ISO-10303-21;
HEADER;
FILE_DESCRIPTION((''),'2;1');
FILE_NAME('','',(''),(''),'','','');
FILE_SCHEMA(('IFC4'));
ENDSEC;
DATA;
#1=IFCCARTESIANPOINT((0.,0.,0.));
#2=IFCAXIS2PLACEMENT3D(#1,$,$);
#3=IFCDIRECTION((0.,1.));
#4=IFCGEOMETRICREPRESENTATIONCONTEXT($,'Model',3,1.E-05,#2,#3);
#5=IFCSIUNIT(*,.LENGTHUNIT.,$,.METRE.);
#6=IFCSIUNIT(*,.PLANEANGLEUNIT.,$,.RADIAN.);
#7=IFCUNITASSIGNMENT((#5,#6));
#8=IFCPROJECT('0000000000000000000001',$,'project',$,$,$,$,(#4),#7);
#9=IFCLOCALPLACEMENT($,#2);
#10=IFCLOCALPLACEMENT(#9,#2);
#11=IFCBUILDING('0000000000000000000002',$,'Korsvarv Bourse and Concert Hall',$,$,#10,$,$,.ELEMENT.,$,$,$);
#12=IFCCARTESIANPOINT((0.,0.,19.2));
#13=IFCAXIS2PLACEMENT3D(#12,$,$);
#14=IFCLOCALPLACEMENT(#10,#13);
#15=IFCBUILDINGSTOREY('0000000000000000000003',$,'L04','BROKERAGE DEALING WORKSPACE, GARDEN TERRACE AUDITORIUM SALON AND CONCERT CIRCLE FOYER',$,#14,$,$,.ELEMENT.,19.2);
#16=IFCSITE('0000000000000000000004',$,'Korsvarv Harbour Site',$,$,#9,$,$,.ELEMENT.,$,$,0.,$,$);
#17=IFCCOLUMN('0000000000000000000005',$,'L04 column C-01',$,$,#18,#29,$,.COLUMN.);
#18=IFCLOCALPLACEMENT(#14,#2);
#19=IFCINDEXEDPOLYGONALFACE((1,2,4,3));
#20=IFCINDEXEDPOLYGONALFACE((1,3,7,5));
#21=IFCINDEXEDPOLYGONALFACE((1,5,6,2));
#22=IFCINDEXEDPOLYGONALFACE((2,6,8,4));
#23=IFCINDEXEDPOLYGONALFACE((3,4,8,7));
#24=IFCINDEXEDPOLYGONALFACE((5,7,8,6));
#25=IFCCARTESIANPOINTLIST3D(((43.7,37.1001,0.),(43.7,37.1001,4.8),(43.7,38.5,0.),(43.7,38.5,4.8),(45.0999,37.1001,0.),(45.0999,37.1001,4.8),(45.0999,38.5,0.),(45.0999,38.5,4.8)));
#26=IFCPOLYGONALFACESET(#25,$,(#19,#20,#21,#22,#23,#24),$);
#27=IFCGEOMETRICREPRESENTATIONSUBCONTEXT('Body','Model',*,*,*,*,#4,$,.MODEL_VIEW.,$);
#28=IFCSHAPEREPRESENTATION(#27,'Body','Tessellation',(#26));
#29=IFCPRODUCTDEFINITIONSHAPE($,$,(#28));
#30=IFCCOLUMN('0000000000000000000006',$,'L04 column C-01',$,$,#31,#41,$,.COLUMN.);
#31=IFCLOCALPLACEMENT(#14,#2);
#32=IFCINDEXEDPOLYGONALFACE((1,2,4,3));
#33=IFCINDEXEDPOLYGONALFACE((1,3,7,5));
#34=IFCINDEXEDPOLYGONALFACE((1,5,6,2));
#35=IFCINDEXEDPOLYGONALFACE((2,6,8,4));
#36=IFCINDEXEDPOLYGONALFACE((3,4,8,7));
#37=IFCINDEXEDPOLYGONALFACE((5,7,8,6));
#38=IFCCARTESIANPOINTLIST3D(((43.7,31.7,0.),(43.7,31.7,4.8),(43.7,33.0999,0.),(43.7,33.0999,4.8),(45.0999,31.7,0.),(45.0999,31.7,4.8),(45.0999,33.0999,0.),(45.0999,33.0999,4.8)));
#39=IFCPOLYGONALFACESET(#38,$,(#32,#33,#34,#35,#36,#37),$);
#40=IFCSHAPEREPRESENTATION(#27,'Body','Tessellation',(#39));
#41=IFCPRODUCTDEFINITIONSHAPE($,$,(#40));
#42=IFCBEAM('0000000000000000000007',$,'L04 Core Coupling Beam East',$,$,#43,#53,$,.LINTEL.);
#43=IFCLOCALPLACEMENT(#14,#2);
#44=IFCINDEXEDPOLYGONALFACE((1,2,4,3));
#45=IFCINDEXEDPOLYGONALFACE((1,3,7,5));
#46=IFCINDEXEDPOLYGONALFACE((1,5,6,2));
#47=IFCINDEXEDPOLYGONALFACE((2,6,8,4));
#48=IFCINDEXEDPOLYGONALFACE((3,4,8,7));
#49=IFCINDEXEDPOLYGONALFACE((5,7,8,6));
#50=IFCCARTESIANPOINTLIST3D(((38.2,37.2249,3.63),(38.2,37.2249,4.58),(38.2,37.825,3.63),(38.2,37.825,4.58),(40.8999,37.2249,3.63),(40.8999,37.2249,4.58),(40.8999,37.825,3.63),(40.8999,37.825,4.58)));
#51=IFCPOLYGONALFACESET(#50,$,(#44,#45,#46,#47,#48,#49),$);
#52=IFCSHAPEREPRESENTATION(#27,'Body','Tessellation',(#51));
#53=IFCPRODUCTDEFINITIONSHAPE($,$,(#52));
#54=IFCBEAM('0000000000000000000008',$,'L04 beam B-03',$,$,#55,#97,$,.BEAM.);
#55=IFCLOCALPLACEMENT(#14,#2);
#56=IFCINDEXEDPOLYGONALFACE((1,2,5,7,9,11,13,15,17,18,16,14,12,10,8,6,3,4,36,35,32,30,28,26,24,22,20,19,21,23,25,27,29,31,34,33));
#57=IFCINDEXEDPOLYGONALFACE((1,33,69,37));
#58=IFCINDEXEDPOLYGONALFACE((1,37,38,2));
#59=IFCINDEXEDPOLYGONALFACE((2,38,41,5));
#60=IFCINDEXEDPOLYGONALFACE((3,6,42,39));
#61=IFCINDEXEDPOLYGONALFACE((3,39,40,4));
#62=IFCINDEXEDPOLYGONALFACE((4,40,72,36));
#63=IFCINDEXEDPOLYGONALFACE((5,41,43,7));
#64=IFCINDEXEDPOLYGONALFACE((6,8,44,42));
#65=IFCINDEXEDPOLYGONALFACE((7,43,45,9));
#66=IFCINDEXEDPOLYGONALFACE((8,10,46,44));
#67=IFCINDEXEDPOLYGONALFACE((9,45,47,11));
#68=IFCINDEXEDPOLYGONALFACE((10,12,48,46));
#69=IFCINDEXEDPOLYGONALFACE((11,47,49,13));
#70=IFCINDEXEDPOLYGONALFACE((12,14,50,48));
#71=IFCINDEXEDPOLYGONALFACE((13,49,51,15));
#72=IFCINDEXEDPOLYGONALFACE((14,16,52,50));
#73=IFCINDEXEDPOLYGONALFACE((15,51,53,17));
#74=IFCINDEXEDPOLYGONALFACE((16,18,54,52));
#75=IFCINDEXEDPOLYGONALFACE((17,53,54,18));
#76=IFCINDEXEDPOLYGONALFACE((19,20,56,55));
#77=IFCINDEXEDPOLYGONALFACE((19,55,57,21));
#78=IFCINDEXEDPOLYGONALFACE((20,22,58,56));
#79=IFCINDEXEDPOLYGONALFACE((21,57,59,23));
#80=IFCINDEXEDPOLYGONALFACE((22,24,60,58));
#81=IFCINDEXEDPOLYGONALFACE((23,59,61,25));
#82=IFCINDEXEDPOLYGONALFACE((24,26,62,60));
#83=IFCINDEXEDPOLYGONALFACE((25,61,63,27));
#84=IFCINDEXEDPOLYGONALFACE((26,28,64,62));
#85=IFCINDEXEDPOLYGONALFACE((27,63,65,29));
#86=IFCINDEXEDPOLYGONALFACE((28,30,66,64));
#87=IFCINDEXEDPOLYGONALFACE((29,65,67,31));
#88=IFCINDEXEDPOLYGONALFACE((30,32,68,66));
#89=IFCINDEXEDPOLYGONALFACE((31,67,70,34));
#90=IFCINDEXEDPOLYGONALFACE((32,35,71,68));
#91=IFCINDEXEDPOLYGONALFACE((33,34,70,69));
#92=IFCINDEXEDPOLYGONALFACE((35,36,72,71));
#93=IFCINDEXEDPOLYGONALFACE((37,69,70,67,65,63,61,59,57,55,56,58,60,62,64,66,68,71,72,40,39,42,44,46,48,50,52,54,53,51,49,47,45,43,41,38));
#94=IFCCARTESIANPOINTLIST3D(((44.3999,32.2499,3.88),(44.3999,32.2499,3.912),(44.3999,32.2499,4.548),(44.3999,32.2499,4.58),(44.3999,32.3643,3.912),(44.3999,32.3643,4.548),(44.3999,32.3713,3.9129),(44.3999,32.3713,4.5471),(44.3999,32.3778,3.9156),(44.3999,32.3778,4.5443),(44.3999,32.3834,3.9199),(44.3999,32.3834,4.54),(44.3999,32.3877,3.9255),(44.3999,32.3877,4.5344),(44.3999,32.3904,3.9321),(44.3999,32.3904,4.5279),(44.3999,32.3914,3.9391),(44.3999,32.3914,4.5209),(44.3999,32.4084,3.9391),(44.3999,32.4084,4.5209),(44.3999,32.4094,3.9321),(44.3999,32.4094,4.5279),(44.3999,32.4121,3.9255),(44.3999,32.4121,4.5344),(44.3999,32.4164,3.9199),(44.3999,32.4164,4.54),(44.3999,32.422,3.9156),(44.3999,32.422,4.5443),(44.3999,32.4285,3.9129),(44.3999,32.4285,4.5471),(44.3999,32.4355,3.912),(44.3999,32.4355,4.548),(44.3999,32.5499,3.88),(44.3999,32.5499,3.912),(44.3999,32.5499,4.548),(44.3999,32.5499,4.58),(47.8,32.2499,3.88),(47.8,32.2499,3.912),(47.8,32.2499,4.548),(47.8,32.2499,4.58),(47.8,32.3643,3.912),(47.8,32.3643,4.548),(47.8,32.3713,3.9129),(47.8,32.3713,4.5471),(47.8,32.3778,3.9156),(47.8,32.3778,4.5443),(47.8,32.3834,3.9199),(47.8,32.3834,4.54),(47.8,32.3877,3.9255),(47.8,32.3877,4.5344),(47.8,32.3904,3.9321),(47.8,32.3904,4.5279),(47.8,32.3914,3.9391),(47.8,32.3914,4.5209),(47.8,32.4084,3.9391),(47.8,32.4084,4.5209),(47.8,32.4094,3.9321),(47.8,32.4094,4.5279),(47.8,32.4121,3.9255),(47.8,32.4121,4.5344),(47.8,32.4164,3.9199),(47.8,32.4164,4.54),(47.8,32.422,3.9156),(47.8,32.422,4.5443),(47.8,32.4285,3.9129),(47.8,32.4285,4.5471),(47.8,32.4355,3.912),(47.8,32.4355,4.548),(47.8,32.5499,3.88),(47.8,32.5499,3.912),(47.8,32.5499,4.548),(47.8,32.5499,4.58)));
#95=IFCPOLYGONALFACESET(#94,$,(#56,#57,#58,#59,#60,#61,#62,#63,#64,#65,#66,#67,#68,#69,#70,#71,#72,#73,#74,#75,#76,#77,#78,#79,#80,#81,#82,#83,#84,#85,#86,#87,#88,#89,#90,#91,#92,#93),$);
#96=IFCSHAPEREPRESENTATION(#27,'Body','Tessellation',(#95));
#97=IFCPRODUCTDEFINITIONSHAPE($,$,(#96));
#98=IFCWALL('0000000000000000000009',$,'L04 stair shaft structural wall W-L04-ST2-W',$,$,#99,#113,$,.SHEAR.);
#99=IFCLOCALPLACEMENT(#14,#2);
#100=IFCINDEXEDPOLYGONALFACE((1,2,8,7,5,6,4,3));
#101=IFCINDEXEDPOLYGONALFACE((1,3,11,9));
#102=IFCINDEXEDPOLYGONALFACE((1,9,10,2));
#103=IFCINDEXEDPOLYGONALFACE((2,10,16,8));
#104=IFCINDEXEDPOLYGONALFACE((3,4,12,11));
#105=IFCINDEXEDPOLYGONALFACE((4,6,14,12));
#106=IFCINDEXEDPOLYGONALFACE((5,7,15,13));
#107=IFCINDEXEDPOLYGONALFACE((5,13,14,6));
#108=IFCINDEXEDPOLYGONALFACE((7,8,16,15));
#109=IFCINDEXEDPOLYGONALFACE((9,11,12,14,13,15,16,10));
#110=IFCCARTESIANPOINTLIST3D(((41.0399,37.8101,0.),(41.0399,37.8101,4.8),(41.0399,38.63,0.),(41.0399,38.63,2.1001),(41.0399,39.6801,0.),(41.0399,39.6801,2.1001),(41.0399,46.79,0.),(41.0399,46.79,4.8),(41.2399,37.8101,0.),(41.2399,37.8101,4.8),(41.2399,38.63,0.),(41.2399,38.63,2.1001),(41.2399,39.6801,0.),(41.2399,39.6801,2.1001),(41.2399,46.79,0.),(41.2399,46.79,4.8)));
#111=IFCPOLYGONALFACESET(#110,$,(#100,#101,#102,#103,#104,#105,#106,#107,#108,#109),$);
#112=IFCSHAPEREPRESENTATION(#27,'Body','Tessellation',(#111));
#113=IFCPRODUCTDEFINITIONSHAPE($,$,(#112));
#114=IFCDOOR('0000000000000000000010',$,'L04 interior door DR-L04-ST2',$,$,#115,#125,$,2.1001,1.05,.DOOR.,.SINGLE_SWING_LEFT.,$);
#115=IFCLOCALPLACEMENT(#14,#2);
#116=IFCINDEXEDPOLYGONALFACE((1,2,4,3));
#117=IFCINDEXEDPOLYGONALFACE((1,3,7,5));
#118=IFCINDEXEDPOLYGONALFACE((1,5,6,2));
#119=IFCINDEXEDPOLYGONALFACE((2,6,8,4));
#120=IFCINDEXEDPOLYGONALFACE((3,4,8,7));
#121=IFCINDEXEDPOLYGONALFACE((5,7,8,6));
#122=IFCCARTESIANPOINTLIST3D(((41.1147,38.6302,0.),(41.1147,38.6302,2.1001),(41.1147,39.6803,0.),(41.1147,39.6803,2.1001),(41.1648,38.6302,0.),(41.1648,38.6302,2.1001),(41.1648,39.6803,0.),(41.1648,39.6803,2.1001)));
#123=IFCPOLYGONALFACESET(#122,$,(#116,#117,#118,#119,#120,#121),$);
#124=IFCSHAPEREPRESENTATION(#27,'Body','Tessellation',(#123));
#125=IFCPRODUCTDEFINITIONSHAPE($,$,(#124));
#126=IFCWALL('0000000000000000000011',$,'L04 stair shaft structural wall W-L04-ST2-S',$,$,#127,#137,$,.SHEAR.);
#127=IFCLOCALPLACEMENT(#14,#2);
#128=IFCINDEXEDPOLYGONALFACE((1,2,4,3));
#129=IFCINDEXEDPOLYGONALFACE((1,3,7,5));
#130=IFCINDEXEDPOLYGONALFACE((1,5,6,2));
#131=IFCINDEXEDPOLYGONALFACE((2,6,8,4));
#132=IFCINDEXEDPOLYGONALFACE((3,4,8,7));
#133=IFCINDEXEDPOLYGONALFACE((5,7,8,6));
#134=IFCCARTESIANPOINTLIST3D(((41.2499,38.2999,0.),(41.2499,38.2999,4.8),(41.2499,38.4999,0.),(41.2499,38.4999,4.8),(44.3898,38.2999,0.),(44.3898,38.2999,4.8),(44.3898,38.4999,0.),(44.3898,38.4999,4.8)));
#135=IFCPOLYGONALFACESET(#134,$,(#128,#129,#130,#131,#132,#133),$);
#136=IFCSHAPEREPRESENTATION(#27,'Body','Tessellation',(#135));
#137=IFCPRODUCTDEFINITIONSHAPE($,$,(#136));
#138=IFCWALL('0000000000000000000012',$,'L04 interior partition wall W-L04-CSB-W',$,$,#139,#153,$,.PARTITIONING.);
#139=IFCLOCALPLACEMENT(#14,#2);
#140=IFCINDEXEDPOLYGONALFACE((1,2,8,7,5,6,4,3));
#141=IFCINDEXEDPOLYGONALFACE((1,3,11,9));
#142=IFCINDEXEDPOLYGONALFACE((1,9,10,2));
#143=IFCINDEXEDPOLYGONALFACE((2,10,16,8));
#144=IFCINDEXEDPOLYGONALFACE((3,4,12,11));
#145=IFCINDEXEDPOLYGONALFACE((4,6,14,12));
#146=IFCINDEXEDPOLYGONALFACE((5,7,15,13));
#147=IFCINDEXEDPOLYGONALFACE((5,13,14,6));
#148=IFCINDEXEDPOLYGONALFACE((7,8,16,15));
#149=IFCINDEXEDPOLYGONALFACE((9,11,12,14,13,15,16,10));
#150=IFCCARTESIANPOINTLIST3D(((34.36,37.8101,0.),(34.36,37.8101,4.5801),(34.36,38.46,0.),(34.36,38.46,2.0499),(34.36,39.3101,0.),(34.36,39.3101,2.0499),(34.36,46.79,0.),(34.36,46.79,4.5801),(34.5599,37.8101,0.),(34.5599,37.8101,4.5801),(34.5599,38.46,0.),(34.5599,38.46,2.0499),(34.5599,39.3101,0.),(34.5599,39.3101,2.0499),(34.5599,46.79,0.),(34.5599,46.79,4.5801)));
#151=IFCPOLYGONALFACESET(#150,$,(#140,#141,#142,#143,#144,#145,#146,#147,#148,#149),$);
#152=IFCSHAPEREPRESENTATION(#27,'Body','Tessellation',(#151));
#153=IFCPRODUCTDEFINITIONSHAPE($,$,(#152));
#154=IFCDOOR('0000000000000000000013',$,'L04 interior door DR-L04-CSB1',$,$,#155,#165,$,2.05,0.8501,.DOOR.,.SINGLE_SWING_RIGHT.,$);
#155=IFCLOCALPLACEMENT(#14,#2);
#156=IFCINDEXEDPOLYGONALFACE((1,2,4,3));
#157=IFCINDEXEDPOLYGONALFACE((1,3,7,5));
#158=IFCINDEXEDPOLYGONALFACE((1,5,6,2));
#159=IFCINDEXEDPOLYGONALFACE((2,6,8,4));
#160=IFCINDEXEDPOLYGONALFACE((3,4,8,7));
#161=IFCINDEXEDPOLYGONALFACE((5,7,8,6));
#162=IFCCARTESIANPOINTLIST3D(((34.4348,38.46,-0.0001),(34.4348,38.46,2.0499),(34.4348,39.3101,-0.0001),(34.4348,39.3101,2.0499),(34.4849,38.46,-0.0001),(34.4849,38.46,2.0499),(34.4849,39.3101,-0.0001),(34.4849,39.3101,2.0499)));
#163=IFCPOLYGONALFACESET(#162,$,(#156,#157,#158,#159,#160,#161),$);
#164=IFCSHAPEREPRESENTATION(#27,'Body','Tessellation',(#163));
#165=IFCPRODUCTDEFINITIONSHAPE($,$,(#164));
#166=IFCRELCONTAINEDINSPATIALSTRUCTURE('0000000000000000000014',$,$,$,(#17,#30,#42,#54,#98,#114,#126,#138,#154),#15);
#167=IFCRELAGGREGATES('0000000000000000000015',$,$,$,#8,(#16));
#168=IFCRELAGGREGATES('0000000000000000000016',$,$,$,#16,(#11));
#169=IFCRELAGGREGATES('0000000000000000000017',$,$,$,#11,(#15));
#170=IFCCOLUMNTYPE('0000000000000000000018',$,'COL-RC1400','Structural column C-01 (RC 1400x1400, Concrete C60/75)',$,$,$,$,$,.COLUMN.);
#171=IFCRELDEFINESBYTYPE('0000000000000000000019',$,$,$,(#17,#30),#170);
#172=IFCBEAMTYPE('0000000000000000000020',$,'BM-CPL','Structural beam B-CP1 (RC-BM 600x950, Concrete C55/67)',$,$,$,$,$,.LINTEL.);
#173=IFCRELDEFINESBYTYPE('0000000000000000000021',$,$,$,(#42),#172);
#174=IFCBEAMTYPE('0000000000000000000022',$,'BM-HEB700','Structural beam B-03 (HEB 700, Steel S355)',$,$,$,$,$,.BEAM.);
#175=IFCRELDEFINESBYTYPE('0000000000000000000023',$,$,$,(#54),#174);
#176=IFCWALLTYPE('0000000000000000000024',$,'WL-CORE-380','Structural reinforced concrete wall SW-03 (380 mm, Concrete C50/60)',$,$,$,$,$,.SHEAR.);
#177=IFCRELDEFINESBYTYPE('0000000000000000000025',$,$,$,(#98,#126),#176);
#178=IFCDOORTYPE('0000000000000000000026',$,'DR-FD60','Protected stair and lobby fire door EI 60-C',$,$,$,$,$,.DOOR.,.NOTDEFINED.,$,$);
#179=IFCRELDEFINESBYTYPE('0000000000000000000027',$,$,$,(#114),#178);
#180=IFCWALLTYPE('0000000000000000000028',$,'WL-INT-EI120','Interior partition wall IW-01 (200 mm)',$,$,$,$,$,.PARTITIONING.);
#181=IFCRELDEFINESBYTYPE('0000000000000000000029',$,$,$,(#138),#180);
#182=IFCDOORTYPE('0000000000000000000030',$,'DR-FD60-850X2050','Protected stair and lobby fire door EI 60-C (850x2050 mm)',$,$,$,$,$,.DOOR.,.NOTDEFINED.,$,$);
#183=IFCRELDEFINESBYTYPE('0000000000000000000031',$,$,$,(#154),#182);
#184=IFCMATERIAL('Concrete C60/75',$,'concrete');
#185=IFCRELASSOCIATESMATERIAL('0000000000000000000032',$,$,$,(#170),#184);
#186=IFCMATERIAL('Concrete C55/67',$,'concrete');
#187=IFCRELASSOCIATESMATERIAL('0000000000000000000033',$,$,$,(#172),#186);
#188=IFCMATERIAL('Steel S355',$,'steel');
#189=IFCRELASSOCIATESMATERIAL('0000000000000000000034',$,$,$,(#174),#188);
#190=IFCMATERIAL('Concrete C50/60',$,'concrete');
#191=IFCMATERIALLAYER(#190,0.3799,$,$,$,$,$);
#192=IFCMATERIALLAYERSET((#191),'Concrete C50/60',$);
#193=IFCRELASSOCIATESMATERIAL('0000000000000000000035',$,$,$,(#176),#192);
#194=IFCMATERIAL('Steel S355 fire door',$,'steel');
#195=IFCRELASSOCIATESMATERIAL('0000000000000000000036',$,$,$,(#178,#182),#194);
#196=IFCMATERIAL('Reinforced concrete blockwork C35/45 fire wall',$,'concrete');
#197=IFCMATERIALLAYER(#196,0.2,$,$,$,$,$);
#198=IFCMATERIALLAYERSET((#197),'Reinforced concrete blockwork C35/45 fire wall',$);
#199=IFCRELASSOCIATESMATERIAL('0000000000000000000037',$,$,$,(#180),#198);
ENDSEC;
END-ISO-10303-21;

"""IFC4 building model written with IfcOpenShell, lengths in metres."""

from ifc_helpers import new_model, si_unit, direction, frame, frame_2d, origin, origin_2d, place, context, subcontext, project, spatial, rectangle, i_section, extrude, source, transform, mapped, material, layer, layer_set, material_profile, profile_set, type_object, element, fill, save


model = new_model("IFC4")

# Units and contexts
model_context = context("Model", 3, precision=1e-05, world=origin(), true_north=direction((0.0, 1.0)))
body_context = subcontext(model_context, "Body", "Model", "MODEL_VIEW")
ifc_project = project(units=[si_unit("LENGTHUNIT", "METRE"), si_unit("PLANEANGLEUNIT", "RADIAN")], contexts=[model_context])

# Site, building, storey
site_placement = place(None, origin())
site = spatial("IfcSite", under=ifc_project, at=site_placement, Name="Korsvarv Harbour Site", CompositionType="ELEMENT", RefElevation=0.0)
building_placement = place(site_placement, origin())
building = spatial("IfcBuilding", under=site, at=building_placement, Name="Korsvarv Bourse and Concert Hall", CompositionType="ELEMENT")
storey_placement = place(building_placement, frame((0.0, 0.0, 19.2)))
storey = spatial("IfcBuildingStorey", under=building, at=storey_placement, Name="L04", Description="BROKERAGE DEALING WORKSPACE, GARDEN TERRACE AUDITORIUM SALON AND CONCERT CIRCLE FOYER", CompositionType="ELEMENT", Elevation=19.2)

# Columns
ifc_material_1 = material(Name="Concrete C60/75", Category="concrete")
ifc_material_profile_1 = material_profile(ifc_material_1, rectangle(XDim=1.3999, YDim=1.3999, at=origin_2d()), Name="RC 1400x1400")
ifc_profile_set_1 = profile_set([ifc_material_profile_1], Name="Concrete C60/75")
column_type = type_object("IfcColumnType", Name="COL-RC1400", Description="Structural column C-01 (RC 1400x1400, Concrete C60/75)", PredefinedType="COLUMN", material=ifc_profile_set_1)
shared_shape_1 = source(origin(), body_context, "Body", "SweptSolid", [
    extrude(rectangle(XDim=1.3999, YDim=1.3999, at=origin_2d()), origin(), (0.0, 0.0, 1.0), 4.8),
])
for number, where, z_axis, x_axis, name in (
    (1, (44.3999, 37.8, 0.0), (0.0, 0.0, 1.0), (1.0, 0.0, 0.0), "L04 column C-01"),
    (2, (44.3999, 32.3999, 0.0), (0.0, 0.0, 1.0), (1.0, 0.0, 0.0), "L04 column C-01"),
):
    element("IfcColumn", number, at=place(storey_placement, frame(where, z_axis=z_axis, x_axis=x_axis)), inside=storey, type_object=column_type, Name=name, PredefinedType="COLUMN", context=body_context, shape_type="MappedRepresentation", body=[
        mapped(shared_shape_1, transform((0.0, 0.0, 0.0), scale=1.0)),
    ])

# Beams
ifc_material_2 = material(Name="Concrete C55/67", Category="concrete")
ifc_material_profile_2 = material_profile(ifc_material_2, rectangle(XDim=0.6001, YDim=0.95, at=origin_2d()), Name="RC-BM 600x950")
ifc_profile_set_2 = profile_set([ifc_material_profile_2], Name="Concrete C55/67")
beam_type_1 = type_object("IfcBeamType", Name="BM-CPL", Description="Structural beam B-CP1 (RC-BM 600x950, Concrete C55/67)", PredefinedType="LINTEL", material=ifc_profile_set_2)
shared_shape_2 = source(origin(), body_context, "Body", "SweptSolid", [
    extrude(rectangle(XDim=0.6001, YDim=0.95, at=origin_2d()), origin(), (0.0, 0.0, 1.0), 2.7),
])
beam_1_placement = place(storey_placement, frame((38.2, 37.5249, 4.105), z_axis=(1.0, 0.0, 0.0), x_axis=(0.0, 1.0, 0.0)))
element("IfcBeam", 3, at=beam_1_placement, inside=storey, type_object=beam_type_1, Name="L04 Core Coupling Beam East", PredefinedType="LINTEL", context=body_context, shape_type="MappedRepresentation", body=[
    mapped(shared_shape_2, transform((0.0, 0.0, 0.0), scale=1.0)),
])
ifc_material_3 = material(Name="Steel S355", Category="steel")
ifc_material_profile_3 = material_profile(ifc_material_3, i_section(OverallWidth=0.3, OverallDepth=0.7, WebThickness=0.0171, FlangeThickness=0.032, FilletRadius=0.0271, at=origin_2d()), Name="HEB 700")
ifc_profile_set_3 = profile_set([ifc_material_profile_3], Name="Steel S355")
beam_type_2 = type_object("IfcBeamType", Name="BM-HEB700", Description="Structural beam B-03 (HEB 700, Steel S355)", PredefinedType="BEAM", material=ifc_profile_set_3)
shared_shape_3 = source(origin(), body_context, "Body", "SweptSolid", [
    extrude(i_section(OverallWidth=0.3, OverallDepth=0.7, WebThickness=0.0171, FlangeThickness=0.032, FilletRadius=0.0271, at=origin_2d()), origin(), (0.0, 0.0, 1.0), 3.4001),
])
beam_2_placement = place(storey_placement, frame((44.3999, 32.3999, 4.23), z_axis=(1.0, 0.0, 0.0), x_axis=(0.0, 1.0, 0.0)))
element("IfcBeam", 4, at=beam_2_placement, inside=storey, type_object=beam_type_2, Name="L04 beam B-03", PredefinedType="BEAM", context=body_context, shape_type="MappedRepresentation", body=[
    mapped(shared_shape_3, transform((0.0, 0.0, 0.0), scale=1.0)),
])

# Wall, opening, door
ifc_material_4 = material(Name="Concrete C50/60", Category="concrete")
ifc_layer_1 = layer(ifc_material_4, 0.3799)
ifc_layer_set_1 = layer_set([ifc_layer_1], Name="Concrete C50/60")
wall_type_1 = type_object("IfcWallType", Name="WL-CORE-380", Description="Structural reinforced concrete wall SW-03 (380 mm, Concrete C50/60)", PredefinedType="SHEAR", material=ifc_layer_set_1)
wall_1_placement = place(storey_placement, frame((41.1399, 37.8101, 0.0), z_axis=(0.0, 0.0, 1.0), x_axis=(0.0, 1.0, 0.0)))
wall_1 = element("IfcWall", 5, at=wall_1_placement, inside=storey, type_object=wall_type_1, Name="L04 stair shaft structural wall W-L04-ST2-W", PredefinedType="SHEAR", context=body_context, shape_type="SweptSolid", body=[
    extrude(rectangle(XDim=8.98, YDim=0.2, at=frame_2d((4.49, 0.0))), origin(), (0.0, 0.0, 1.0), 4.8),
])
opening_1_placement = place(wall_1_placement, frame((0.8201, 0.0, 0.0)))
opening_1 = element("IfcOpeningElement", 6, at=opening_1_placement, cuts=wall_1, PredefinedType="OPENING", context=body_context, shape_type="SweptSolid", body=[
    extrude(rectangle(XDim=1.05, YDim=2.1001, at=frame_2d((0.5249, 1.05))), frame((0.0, 0.1099, 0.0), z_axis=(0.0, -1.0, 0.0), x_axis=(1.0, 0.0, 0.0)), (0.0, 0.0, 1.0), 0.22),
])
ifc_material_5 = material(Name="Steel S355 fire door", Category="steel")
door_type_1 = type_object("IfcDoorType", Name="DR-FD60", Description="Protected stair and lobby fire door EI 60-C", OperationType="NOTDEFINED", PredefinedType="DOOR", material=ifc_material_5)
door_1_placement = place(opening_1_placement, frame((1.05, 0.0, 0.0), z_axis=(0.0, 0.0, 1.0), x_axis=(-1.0, 0.0, 0.0)))
door_1 = element("IfcDoor", 7, at=door_1_placement, inside=storey, type_object=door_type_1, Name="L04 interior door DR-L04-ST2", OperationType="SINGLE_SWING_LEFT", OverallHeight=2.1001, OverallWidth=1.05, PredefinedType="DOOR", context=body_context, shape_type="SweptSolid", body=[
    extrude(rectangle(XDim=1.05, YDim=2.1001, at=frame_2d((0.5249, 1.05))), frame((0.0, 0.0249, 0.0), z_axis=(0.0, -1.0, 0.0), x_axis=(1.0, 0.0, 0.0)), (0.0, 0.0, 1.0), 0.05),
])
fill(opening_1, door_1)

# Wall
wall_2_placement = place(storey_placement, frame((41.25, 38.3999, 0.0), z_axis=(0.0, 0.0, 1.0), x_axis=(1.0, 0.0, 0.0)))
element("IfcWall", 8, at=wall_2_placement, inside=storey, type_object=wall_type_1, Name="L04 stair shaft structural wall W-L04-ST2-S", PredefinedType="SHEAR", context=body_context, shape_type="SweptSolid", body=[
    extrude(rectangle(XDim=3.1399, YDim=0.2, at=frame_2d((1.5698, 0.0))), origin(), (0.0, 0.0, 1.0), 4.8),
])

# Wall, opening, door
ifc_material_6 = material(Name="Reinforced concrete blockwork C35/45 fire wall", Category="concrete")
ifc_layer_2 = layer(ifc_material_6, 0.2)
ifc_layer_set_2 = layer_set([ifc_layer_2], Name="Reinforced concrete blockwork C35/45 fire wall")
wall_type_2 = type_object("IfcWallType", Name="WL-INT-EI120", Description="Interior partition wall IW-01 (200 mm)", PredefinedType="PARTITIONING", material=ifc_layer_set_2)
wall_3_placement = place(storey_placement, frame((34.46, 37.8101, 0.0), z_axis=(0.0, 0.0, 1.0), x_axis=(0.0, 1.0, 0.0)))
wall_3 = element("IfcWall", 9, at=wall_3_placement, inside=storey, type_object=wall_type_2, Name="L04 interior partition wall W-L04-CSB-W", PredefinedType="PARTITIONING", context=body_context, shape_type="SweptSolid", body=[
    extrude(rectangle(XDim=8.98, YDim=0.2, at=frame_2d((4.49, 0.0))), origin(), (0.0, 0.0, 1.0), 4.5801),
])
opening_2_placement = place(wall_3_placement, frame((0.6499, 0.0, 0.0)))
opening_2 = element("IfcOpeningElement", 10, at=opening_2_placement, cuts=wall_3, PredefinedType="OPENING", context=body_context, shape_type="SweptSolid", body=[
    extrude(rectangle(XDim=0.8501, YDim=2.05, at=frame_2d((0.425, 1.0249))), frame((0.0, 0.1099, 0.0), z_axis=(0.0, -1.0, 0.0), x_axis=(1.0, 0.0, 0.0)), (0.0, 0.0, 1.0), 0.22),
])
door_type_2 = type_object("IfcDoorType", Name="DR-FD60-850X2050", Description="Protected stair and lobby fire door EI 60-C (850x2050 mm)", OperationType="NOTDEFINED", PredefinedType="DOOR", material=ifc_material_5)
door_2_placement = place(opening_2_placement, frame((0.8501, 0.0, 0.0), z_axis=(0.0, 0.0, 1.0), x_axis=(-1.0, 0.0, 0.0)))
door_2 = element("IfcDoor", 11, at=door_2_placement, inside=storey, type_object=door_type_2, Name="L04 interior door DR-L04-CSB1", OperationType="SINGLE_SWING_RIGHT", OverallHeight=2.05, OverallWidth=0.8501, PredefinedType="DOOR", context=body_context, shape_type="SweptSolid", body=[
    extrude(rectangle(XDim=0.8501, YDim=2.05, at=frame_2d((0.425, 1.0249))), frame((0.0, 0.0249, 0.0), z_axis=(0.0, -1.0, 0.0), x_axis=(1.0, 0.0, 0.0)), (0.0, 0.0, 1.0), 0.05),
])
fill(opening_2, door_2)

save(model, "model.ifc")
